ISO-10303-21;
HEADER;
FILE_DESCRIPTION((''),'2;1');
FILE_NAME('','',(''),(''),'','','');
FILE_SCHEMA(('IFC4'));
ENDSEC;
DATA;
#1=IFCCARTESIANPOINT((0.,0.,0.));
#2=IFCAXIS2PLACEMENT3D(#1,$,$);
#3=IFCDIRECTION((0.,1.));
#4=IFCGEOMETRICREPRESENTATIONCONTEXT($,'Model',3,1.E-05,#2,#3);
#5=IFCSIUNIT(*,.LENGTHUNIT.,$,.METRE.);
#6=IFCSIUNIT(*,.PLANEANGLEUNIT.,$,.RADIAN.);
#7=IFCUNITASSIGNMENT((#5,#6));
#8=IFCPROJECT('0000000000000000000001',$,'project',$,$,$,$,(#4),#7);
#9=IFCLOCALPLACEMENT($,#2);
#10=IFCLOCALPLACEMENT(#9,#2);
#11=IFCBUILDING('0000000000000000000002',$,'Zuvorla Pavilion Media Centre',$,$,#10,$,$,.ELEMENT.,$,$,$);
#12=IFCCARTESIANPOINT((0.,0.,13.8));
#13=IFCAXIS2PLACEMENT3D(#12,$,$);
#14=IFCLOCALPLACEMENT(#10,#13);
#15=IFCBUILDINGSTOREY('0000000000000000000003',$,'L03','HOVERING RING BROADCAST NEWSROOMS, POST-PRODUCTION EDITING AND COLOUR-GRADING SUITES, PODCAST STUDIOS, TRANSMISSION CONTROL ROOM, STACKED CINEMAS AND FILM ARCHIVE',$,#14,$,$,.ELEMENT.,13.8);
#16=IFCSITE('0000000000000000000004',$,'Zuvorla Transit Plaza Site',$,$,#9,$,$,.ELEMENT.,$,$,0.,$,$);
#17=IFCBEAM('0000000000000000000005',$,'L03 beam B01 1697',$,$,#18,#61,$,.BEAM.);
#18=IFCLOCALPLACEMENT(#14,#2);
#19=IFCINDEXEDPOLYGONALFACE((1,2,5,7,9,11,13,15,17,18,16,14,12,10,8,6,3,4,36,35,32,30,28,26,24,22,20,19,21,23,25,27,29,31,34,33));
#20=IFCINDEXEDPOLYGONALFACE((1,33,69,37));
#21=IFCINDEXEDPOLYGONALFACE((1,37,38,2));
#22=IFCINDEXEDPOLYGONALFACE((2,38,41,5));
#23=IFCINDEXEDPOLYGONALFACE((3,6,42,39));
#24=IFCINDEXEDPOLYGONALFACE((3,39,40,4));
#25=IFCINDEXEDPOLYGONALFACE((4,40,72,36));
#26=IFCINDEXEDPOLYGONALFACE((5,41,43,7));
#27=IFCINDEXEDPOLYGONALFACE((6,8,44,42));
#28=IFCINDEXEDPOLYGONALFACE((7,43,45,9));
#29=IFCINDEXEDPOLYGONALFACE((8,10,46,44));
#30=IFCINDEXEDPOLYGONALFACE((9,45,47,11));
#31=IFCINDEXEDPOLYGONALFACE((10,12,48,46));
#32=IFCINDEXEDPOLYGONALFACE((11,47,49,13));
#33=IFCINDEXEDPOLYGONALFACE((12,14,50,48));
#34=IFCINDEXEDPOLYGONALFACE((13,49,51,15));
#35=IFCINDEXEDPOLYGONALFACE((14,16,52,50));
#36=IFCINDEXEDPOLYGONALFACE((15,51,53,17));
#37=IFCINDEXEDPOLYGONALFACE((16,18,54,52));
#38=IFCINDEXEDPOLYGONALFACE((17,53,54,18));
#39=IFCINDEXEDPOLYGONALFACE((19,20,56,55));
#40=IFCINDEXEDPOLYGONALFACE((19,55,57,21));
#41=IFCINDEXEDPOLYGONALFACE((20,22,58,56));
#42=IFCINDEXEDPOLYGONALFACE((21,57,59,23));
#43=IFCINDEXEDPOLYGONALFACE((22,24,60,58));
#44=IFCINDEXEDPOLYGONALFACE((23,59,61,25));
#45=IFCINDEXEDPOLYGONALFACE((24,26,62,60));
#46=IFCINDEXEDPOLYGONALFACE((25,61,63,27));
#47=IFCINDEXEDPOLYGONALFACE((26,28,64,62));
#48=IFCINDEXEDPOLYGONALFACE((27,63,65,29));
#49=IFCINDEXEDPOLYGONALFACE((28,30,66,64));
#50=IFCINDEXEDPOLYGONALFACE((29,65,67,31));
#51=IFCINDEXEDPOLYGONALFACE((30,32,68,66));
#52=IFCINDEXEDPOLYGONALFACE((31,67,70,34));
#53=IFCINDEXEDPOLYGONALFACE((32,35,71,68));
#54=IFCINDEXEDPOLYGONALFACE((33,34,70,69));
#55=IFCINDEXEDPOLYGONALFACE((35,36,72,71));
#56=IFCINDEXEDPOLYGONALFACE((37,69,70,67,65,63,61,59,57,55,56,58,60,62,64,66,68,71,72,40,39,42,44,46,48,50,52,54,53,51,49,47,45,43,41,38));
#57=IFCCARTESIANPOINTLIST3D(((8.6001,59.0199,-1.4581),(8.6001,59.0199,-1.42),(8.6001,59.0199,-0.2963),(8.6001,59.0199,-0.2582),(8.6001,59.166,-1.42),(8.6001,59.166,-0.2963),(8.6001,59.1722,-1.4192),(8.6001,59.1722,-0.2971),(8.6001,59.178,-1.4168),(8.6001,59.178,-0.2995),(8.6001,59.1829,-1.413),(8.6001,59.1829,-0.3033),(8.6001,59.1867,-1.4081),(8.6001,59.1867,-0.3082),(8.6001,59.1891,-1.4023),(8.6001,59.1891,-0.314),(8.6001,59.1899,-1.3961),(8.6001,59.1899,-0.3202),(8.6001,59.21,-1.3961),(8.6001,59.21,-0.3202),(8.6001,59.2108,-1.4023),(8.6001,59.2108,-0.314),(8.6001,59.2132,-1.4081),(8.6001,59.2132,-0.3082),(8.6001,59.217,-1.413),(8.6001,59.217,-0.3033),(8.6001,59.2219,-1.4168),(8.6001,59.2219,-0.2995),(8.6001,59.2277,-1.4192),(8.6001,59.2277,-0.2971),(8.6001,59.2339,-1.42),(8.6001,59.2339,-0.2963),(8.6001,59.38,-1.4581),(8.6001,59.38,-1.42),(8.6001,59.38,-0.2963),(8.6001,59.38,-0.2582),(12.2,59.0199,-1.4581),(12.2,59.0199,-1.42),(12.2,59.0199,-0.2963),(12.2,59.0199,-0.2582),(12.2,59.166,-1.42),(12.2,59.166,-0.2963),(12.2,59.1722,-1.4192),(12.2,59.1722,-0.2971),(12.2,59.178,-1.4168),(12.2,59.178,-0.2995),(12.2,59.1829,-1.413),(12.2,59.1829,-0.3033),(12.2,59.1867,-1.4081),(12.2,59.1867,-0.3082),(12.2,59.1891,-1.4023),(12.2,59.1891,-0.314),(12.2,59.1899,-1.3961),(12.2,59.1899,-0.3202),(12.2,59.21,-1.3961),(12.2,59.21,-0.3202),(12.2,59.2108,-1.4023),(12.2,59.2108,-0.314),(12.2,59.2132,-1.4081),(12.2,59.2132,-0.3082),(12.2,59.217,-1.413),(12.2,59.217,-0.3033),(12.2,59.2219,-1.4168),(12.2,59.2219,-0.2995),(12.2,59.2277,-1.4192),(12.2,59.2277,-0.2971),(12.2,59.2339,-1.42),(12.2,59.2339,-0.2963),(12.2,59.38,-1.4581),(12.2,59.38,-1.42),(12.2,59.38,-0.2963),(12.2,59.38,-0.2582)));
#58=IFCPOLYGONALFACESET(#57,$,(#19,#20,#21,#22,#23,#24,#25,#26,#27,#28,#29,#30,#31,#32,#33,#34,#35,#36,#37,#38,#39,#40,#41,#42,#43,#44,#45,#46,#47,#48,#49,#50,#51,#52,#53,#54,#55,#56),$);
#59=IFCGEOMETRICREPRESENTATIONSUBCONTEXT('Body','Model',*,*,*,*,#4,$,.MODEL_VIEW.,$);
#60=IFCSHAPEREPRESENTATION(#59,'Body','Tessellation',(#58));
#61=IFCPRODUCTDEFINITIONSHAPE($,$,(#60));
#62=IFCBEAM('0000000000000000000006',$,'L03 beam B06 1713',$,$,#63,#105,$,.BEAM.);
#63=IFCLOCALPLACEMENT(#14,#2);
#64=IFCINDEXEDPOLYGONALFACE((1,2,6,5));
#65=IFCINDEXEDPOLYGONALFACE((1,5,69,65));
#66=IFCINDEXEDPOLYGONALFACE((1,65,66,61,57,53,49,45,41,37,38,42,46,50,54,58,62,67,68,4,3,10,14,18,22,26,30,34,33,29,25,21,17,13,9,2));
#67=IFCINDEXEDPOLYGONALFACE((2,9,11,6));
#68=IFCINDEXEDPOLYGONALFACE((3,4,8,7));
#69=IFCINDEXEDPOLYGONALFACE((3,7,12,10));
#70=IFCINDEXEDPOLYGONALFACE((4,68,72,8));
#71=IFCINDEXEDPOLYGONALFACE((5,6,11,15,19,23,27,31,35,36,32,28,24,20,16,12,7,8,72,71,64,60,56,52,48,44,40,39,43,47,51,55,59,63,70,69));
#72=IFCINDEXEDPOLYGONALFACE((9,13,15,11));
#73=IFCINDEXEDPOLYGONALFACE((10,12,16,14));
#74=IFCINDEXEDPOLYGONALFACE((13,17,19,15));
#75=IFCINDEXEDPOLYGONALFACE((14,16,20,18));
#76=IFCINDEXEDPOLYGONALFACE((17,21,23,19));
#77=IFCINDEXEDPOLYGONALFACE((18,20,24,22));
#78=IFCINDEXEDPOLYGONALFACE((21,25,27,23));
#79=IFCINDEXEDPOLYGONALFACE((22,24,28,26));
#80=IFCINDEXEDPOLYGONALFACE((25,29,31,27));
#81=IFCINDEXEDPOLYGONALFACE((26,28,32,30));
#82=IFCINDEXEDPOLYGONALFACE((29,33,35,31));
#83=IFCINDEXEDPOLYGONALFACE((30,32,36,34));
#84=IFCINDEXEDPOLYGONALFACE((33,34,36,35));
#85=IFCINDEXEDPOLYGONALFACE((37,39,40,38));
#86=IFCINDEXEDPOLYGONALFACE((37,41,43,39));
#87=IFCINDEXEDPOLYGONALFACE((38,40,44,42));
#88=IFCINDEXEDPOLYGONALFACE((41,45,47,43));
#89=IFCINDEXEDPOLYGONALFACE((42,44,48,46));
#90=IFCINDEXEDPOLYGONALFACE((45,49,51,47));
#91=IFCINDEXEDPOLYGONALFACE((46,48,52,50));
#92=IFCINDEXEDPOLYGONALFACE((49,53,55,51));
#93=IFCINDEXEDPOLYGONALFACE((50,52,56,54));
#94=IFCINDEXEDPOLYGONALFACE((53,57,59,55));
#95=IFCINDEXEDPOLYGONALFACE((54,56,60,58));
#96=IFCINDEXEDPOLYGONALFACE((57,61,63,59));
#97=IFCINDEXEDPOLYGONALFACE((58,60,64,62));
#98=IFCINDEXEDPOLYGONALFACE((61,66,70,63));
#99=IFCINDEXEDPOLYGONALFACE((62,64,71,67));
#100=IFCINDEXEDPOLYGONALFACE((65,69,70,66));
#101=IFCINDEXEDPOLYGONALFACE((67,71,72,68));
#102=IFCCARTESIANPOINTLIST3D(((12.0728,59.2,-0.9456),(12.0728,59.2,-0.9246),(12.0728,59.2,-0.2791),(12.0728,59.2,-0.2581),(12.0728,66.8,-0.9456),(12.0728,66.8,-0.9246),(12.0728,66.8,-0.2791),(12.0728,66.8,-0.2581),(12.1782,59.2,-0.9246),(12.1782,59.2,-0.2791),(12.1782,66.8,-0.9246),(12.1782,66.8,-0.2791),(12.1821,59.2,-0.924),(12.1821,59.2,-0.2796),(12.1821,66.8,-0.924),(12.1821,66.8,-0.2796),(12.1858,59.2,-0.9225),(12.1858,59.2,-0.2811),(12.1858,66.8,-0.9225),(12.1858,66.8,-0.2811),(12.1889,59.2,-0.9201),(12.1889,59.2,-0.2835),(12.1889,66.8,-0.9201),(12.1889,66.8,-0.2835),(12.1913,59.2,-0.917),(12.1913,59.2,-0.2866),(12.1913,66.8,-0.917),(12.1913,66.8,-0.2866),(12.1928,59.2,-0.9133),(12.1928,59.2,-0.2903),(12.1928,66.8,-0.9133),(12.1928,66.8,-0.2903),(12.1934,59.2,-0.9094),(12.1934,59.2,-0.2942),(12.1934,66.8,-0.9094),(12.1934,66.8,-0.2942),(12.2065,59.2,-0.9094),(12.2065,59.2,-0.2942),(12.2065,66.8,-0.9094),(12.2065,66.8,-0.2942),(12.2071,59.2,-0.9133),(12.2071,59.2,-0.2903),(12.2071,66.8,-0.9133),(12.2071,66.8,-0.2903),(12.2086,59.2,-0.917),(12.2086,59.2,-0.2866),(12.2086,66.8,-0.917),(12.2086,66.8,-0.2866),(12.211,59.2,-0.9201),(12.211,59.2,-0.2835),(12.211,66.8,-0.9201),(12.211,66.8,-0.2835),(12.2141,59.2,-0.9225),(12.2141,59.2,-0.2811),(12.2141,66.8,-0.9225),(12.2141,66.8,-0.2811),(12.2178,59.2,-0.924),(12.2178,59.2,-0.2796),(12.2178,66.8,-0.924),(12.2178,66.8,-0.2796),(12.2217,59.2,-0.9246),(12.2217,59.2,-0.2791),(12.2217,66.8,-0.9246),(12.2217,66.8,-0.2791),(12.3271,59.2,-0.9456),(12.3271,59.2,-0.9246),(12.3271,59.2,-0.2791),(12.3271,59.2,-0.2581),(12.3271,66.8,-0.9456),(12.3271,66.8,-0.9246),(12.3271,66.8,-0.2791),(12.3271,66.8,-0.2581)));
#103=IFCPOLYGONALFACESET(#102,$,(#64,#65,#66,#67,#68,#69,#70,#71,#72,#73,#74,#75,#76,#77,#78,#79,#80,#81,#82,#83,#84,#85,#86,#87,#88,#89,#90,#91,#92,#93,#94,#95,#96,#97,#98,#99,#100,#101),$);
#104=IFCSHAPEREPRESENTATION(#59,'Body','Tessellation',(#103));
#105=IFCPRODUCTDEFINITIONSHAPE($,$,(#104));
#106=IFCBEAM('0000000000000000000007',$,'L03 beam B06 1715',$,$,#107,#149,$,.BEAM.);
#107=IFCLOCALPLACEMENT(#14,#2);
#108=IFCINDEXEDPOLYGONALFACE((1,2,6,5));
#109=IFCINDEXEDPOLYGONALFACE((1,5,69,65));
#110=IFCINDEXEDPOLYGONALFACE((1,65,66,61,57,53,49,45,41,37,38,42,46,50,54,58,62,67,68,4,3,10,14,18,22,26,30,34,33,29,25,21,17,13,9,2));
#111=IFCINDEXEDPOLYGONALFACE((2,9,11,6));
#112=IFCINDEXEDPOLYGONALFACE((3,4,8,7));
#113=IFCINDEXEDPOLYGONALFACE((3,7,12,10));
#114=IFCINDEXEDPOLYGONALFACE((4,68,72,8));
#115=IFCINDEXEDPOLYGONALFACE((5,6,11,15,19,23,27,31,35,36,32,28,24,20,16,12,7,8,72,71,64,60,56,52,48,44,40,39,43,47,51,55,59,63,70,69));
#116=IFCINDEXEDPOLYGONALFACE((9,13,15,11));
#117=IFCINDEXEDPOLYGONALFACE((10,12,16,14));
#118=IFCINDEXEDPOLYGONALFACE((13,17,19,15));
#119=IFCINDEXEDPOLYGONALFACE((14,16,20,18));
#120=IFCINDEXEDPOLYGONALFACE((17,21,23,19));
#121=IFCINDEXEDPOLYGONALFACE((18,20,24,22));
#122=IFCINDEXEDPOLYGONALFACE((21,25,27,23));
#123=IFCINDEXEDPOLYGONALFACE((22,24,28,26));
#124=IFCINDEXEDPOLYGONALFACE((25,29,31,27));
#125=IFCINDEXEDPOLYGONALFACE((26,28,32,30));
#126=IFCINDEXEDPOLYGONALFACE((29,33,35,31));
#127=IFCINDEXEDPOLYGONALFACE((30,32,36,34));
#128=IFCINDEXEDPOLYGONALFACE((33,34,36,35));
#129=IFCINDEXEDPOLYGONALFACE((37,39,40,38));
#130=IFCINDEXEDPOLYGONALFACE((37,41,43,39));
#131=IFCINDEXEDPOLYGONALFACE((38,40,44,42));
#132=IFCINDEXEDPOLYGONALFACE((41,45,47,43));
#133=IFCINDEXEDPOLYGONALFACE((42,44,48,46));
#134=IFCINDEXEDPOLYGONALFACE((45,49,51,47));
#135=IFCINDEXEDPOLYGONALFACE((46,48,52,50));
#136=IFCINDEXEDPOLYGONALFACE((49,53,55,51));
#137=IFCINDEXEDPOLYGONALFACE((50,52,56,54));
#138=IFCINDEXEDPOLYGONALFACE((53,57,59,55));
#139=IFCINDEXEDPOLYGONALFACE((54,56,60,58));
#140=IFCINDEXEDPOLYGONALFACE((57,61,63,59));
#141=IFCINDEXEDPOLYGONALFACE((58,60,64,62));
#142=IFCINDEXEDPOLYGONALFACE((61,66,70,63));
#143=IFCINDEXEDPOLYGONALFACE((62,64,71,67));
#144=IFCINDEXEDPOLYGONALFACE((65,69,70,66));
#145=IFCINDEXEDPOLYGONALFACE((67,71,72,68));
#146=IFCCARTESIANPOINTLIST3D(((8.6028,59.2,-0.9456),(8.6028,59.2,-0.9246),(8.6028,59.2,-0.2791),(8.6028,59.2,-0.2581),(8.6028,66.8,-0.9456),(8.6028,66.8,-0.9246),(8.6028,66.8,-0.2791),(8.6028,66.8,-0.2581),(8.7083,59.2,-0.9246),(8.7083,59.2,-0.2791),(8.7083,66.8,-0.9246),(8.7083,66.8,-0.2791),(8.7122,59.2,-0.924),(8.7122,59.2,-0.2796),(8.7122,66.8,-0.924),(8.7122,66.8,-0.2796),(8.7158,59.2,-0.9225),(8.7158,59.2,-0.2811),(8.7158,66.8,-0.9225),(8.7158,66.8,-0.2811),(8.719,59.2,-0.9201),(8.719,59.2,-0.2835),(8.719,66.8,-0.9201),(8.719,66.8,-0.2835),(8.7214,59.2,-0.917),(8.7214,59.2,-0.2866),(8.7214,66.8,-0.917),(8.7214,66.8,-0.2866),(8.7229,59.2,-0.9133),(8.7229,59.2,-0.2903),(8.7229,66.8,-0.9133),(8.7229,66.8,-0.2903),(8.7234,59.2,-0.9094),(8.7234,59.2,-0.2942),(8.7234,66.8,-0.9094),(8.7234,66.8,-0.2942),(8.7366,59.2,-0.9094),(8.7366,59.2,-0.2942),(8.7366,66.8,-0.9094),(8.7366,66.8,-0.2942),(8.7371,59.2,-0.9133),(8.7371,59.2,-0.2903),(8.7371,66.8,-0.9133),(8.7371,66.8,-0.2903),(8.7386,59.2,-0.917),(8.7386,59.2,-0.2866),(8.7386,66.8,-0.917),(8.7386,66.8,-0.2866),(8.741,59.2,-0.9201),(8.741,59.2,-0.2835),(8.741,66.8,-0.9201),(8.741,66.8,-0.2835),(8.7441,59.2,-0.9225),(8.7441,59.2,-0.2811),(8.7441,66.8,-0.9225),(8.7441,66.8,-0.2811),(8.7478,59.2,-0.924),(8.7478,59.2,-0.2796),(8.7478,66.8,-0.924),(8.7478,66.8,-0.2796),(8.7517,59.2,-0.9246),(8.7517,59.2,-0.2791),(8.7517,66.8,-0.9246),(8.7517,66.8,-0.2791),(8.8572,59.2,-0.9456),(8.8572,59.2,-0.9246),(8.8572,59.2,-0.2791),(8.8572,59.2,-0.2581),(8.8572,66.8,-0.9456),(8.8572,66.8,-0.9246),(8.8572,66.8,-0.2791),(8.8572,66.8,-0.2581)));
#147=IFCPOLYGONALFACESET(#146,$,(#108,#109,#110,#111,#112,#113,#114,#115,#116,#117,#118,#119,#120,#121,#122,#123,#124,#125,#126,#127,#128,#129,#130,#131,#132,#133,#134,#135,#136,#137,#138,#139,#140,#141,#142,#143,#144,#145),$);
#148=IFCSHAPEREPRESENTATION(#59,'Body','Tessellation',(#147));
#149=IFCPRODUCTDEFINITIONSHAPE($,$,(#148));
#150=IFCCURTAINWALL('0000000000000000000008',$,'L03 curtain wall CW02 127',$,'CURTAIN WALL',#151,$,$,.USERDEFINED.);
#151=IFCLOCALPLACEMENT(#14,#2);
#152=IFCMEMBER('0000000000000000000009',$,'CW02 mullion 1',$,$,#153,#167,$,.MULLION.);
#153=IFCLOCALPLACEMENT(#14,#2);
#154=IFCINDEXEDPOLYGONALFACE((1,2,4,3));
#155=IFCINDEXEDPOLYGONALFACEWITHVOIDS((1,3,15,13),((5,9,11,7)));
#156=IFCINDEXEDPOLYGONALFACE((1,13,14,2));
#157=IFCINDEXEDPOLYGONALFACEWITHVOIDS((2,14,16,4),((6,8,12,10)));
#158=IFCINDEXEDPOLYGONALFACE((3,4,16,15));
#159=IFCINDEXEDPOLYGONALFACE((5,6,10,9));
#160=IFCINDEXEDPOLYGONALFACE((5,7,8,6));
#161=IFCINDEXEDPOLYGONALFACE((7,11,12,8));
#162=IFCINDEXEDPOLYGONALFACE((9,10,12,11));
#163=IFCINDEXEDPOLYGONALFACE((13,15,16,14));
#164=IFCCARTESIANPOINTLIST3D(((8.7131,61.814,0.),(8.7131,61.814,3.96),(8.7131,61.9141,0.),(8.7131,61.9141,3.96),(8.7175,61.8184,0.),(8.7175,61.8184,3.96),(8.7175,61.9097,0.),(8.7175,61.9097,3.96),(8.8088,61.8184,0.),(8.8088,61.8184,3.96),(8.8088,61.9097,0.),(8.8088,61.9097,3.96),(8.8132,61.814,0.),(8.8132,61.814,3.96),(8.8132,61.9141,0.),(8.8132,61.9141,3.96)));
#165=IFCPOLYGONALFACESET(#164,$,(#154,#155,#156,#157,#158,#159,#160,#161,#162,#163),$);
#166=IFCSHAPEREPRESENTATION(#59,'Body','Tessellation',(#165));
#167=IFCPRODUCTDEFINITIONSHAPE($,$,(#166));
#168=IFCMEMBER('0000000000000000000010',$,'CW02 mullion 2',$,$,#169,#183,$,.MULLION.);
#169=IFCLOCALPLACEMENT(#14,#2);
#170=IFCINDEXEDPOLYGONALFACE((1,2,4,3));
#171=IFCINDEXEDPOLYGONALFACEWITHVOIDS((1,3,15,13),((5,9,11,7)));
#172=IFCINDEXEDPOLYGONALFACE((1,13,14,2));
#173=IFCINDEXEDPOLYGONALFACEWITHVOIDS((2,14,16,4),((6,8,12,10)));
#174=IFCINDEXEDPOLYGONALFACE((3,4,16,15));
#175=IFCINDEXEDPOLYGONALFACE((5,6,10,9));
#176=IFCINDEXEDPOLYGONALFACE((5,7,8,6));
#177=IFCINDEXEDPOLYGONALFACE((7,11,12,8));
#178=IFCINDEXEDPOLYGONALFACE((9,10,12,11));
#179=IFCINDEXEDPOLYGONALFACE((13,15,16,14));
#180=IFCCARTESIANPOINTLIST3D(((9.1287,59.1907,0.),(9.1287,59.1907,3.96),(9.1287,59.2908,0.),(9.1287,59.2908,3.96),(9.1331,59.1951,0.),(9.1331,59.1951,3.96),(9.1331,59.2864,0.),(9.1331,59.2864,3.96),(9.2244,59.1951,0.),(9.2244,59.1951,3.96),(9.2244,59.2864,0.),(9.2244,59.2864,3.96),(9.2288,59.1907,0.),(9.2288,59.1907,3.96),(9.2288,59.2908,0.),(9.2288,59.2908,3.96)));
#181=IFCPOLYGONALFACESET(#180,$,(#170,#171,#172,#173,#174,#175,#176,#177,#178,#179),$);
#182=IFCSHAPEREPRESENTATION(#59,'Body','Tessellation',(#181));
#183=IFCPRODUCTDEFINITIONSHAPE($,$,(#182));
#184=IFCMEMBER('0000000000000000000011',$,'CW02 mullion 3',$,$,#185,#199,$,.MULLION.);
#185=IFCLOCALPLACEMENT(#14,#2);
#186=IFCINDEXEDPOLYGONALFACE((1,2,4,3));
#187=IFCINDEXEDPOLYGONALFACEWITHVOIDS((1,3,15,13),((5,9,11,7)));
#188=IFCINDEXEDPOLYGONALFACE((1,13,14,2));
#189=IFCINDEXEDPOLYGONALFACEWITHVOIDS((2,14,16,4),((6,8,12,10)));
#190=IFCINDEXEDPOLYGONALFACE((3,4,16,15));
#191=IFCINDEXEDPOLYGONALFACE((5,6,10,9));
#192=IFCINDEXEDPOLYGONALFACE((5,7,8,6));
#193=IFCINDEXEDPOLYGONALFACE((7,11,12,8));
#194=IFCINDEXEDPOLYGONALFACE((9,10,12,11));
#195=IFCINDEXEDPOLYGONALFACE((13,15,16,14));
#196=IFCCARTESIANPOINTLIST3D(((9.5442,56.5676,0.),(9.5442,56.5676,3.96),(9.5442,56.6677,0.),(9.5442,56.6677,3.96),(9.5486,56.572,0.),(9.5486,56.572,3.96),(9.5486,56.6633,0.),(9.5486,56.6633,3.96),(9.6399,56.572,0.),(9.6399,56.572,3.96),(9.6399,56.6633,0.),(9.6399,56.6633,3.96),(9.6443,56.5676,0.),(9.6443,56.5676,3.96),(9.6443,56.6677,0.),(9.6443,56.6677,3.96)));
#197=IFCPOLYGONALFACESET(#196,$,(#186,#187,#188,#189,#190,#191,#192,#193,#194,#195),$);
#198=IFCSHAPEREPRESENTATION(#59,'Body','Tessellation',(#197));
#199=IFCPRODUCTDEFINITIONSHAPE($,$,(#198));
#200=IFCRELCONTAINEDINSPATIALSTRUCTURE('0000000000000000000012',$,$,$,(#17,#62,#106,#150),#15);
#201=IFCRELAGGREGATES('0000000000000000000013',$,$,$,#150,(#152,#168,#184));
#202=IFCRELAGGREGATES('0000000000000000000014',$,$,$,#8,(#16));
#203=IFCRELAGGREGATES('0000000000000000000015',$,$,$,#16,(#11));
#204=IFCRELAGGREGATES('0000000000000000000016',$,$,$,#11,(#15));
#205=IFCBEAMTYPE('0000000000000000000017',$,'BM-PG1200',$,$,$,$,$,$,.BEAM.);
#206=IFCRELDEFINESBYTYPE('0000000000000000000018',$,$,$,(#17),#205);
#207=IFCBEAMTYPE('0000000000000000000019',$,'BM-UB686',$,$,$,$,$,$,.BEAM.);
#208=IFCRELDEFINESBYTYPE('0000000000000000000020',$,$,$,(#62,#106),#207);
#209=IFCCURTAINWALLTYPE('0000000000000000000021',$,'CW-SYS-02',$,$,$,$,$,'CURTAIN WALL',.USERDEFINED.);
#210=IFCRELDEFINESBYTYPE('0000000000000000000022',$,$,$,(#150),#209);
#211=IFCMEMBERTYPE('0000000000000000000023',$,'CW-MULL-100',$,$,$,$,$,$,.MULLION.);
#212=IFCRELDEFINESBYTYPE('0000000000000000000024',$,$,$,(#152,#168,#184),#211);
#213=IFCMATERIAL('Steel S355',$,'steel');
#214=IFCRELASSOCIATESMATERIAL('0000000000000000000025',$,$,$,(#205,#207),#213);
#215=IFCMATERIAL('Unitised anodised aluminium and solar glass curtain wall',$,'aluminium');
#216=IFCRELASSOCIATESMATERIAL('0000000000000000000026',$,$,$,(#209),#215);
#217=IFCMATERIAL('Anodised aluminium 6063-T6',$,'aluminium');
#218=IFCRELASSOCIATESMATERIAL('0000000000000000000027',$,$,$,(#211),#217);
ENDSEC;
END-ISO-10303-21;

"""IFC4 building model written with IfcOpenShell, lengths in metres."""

from ifc_helpers import new_model, si_unit, direction, frame, origin, origin_2d, place, context, subcontext, project, spatial, hollow_rectangle, i_section, extrude, material, material_profile, profile_set, type_object, element, aggregate, save


model = new_model("IFC4")

# Units and contexts
model_context = context("Model", 3, precision=1e-05, world=origin(), true_north=direction((0.0, 1.0)))
body_context = subcontext(model_context, "Body", "Model", "MODEL_VIEW")
ifc_project = project(units=[si_unit("LENGTHUNIT", "METRE"), si_unit("PLANEANGLEUNIT", "RADIAN")], contexts=[model_context])

# Site, building, storey
site_placement = place(None, origin())
site = spatial("IfcSite", under=ifc_project, at=site_placement, Name="Zuvorla Transit Plaza Site", CompositionType="ELEMENT", RefElevation=0.0)
building_placement = place(site_placement, origin())
building = spatial("IfcBuilding", under=site, at=building_placement, Name="Zuvorla Pavilion Media Centre", CompositionType="ELEMENT")
storey_placement = place(building_placement, frame((0.0, 0.0, 13.8)))
storey = spatial("IfcBuildingStorey", under=building, at=storey_placement, Name="L03", Description="HOVERING RING BROADCAST NEWSROOMS, POST-PRODUCTION EDITING AND COLOUR-GRADING SUITES, PODCAST STUDIOS, TRANSMISSION CONTROL ROOM, STACKED CINEMAS AND FILM ARCHIVE", CompositionType="ELEMENT", Elevation=13.8)

# Beams
ifc_material_1 = material(Name="Steel S355", Category="steel")
ifc_material_profile_1 = material_profile(ifc_material_1, i_section(OverallWidth=0.3601, OverallDepth=1.2, WebThickness=0.02, FlangeThickness=0.0381, FilletRadius=0.0239, at=origin_2d()), Name="PG 1200x360x38")
ifc_profile_set_1 = profile_set([ifc_material_profile_1], Name="Steel S355")
beam_type_1 = type_object("IfcBeamType", Name="BM-PG1200", PredefinedType="BEAM", material=ifc_profile_set_1)
beam_placement = place(storey_placement, frame((12.2, 59.2, -0.8582), z_axis=(-1.0, 0.0, 0.0), x_axis=(0.0, -1.0, 0.0)))
element("IfcBeam", 1, at=beam_placement, inside=storey, type_object=beam_type_1, Name="L03 beam B01 1697", PredefinedType="BEAM", context=body_context, shape_type="SweptSolid", body=[
    extrude(i_section(OverallWidth=0.3601, OverallDepth=1.2, WebThickness=0.02, FlangeThickness=0.0381, FilletRadius=0.0239, at=origin_2d()), origin(), (0.0, 0.0, 1.0), 3.5999),
])
ifc_material_profile_2 = material_profile(ifc_material_1, i_section(OverallWidth=0.2544, OverallDepth=0.6875, WebThickness=0.0132, FlangeThickness=0.021, FilletRadius=0.0151, at=origin_2d()), Name="UB 686x254x152")
ifc_profile_set_2 = profile_set([ifc_material_profile_2], Name="Steel S355")
beam_type_2 = type_object("IfcBeamType", Name="BM-UB686", PredefinedType="BEAM", material=ifc_profile_set_2)
for number, where, z_axis, x_axis, name in (
    (2, (12.2, 59.2, -0.6018), (0.0, 1.0, 0.0), (-1.0, 0.0, 0.0), "L03 beam B06 1713"),
    (3, (8.73, 59.2, -0.6018), (0.0, 1.0, 0.0), (-1.0, 0.0, 0.0), "L03 beam B06 1715"),
):
    element("IfcBeam", number, at=place(storey_placement, frame(where, z_axis=z_axis, x_axis=x_axis)), inside=storey, type_object=beam_type_2, Name=name, PredefinedType="BEAM", context=body_context, shape_type="SweptSolid", body=[
        extrude(i_section(OverallWidth=0.2544, OverallDepth=0.6875, WebThickness=0.0132, FlangeThickness=0.021, FilletRadius=0.0151, at=origin_2d()), origin(), (0.0, 0.0, 1.0), 7.6001),
    ])

# Curtain wall, members
ifc_material_2 = material(Name="Unitised anodised aluminium and solar glass curtain wall", Category="aluminium")
curtain_wall_type_1 = type_object("IfcCurtainWallType", Name="CW-SYS-02", ElementType="CURTAIN WALL", PredefinedType="USERDEFINED", material=ifc_material_2)
curtain_wall_1_placement = place(storey_placement, origin())
curtain_wall_1 = element("IfcCurtainWall", 4, at=curtain_wall_1_placement, inside=storey, type_object=curtain_wall_type_1, Name="L03 curtain wall CW02 127", ObjectType="CURTAIN WALL", PredefinedType="USERDEFINED")
ifc_material_3 = material(Name="Anodised aluminium 6063-T6", Category="aluminium")
ifc_material_profile_3 = material_profile(ifc_material_3, hollow_rectangle(XDim=0.1001, YDim=0.1001, WallThickness=0.0044, at=origin_2d()), Name="ALU MULL 100x100")
ifc_profile_set_3 = profile_set([ifc_material_profile_3], Name="Anodised aluminium 6063-T6")
member_type_1 = type_object("IfcMemberType", Name="CW-MULL-100", PredefinedType="MULLION", material=ifc_profile_set_3)
member_1_placement = place(storey_placement, frame((8.7632, 61.864, 0.0), z_axis=(0.0, 0.0, 1.0), x_axis=(1.0, 0.0, 0.0)))
member_1 = element("IfcMember", 5, at=member_1_placement, type_object=member_type_1, Name="CW02 mullion 1", PredefinedType="MULLION", context=body_context, shape_type="SweptSolid", body=[
    extrude(hollow_rectangle(XDim=0.1001, YDim=0.1001, WallThickness=0.0044, at=origin_2d()), origin(), (0.0, 0.0, 1.0), 3.96),
])
member_2_placement = place(storey_placement, frame((9.1787, 59.2407, 0.0), z_axis=(0.0, 0.0, 1.0), x_axis=(1.0, 0.0, 0.0)))
member_2 = element("IfcMember", 6, at=member_2_placement, type_object=member_type_1, Name="CW02 mullion 2", PredefinedType="MULLION", context=body_context, shape_type="SweptSolid", body=[
    extrude(hollow_rectangle(XDim=0.1001, YDim=0.1001, WallThickness=0.0044, at=origin_2d()), origin(), (0.0, 0.0, 1.0), 3.96),
])
member_3_placement = place(storey_placement, frame((9.5942, 56.6177, 0.0), z_axis=(0.0, 0.0, 1.0), x_axis=(1.0, 0.0, 0.0)))
member_3 = element("IfcMember", 7, at=member_3_placement, type_object=member_type_1, Name="CW02 mullion 3", PredefinedType="MULLION", context=body_context, shape_type="SweptSolid", body=[
    extrude(hollow_rectangle(XDim=0.1001, YDim=0.1001, WallThickness=0.0044, at=origin_2d()), origin(), (0.0, 0.0, 1.0), 3.96),
])

aggregate(curtain_wall_1, [member_1, member_2, member_3])

save(model, "model.ifc")
